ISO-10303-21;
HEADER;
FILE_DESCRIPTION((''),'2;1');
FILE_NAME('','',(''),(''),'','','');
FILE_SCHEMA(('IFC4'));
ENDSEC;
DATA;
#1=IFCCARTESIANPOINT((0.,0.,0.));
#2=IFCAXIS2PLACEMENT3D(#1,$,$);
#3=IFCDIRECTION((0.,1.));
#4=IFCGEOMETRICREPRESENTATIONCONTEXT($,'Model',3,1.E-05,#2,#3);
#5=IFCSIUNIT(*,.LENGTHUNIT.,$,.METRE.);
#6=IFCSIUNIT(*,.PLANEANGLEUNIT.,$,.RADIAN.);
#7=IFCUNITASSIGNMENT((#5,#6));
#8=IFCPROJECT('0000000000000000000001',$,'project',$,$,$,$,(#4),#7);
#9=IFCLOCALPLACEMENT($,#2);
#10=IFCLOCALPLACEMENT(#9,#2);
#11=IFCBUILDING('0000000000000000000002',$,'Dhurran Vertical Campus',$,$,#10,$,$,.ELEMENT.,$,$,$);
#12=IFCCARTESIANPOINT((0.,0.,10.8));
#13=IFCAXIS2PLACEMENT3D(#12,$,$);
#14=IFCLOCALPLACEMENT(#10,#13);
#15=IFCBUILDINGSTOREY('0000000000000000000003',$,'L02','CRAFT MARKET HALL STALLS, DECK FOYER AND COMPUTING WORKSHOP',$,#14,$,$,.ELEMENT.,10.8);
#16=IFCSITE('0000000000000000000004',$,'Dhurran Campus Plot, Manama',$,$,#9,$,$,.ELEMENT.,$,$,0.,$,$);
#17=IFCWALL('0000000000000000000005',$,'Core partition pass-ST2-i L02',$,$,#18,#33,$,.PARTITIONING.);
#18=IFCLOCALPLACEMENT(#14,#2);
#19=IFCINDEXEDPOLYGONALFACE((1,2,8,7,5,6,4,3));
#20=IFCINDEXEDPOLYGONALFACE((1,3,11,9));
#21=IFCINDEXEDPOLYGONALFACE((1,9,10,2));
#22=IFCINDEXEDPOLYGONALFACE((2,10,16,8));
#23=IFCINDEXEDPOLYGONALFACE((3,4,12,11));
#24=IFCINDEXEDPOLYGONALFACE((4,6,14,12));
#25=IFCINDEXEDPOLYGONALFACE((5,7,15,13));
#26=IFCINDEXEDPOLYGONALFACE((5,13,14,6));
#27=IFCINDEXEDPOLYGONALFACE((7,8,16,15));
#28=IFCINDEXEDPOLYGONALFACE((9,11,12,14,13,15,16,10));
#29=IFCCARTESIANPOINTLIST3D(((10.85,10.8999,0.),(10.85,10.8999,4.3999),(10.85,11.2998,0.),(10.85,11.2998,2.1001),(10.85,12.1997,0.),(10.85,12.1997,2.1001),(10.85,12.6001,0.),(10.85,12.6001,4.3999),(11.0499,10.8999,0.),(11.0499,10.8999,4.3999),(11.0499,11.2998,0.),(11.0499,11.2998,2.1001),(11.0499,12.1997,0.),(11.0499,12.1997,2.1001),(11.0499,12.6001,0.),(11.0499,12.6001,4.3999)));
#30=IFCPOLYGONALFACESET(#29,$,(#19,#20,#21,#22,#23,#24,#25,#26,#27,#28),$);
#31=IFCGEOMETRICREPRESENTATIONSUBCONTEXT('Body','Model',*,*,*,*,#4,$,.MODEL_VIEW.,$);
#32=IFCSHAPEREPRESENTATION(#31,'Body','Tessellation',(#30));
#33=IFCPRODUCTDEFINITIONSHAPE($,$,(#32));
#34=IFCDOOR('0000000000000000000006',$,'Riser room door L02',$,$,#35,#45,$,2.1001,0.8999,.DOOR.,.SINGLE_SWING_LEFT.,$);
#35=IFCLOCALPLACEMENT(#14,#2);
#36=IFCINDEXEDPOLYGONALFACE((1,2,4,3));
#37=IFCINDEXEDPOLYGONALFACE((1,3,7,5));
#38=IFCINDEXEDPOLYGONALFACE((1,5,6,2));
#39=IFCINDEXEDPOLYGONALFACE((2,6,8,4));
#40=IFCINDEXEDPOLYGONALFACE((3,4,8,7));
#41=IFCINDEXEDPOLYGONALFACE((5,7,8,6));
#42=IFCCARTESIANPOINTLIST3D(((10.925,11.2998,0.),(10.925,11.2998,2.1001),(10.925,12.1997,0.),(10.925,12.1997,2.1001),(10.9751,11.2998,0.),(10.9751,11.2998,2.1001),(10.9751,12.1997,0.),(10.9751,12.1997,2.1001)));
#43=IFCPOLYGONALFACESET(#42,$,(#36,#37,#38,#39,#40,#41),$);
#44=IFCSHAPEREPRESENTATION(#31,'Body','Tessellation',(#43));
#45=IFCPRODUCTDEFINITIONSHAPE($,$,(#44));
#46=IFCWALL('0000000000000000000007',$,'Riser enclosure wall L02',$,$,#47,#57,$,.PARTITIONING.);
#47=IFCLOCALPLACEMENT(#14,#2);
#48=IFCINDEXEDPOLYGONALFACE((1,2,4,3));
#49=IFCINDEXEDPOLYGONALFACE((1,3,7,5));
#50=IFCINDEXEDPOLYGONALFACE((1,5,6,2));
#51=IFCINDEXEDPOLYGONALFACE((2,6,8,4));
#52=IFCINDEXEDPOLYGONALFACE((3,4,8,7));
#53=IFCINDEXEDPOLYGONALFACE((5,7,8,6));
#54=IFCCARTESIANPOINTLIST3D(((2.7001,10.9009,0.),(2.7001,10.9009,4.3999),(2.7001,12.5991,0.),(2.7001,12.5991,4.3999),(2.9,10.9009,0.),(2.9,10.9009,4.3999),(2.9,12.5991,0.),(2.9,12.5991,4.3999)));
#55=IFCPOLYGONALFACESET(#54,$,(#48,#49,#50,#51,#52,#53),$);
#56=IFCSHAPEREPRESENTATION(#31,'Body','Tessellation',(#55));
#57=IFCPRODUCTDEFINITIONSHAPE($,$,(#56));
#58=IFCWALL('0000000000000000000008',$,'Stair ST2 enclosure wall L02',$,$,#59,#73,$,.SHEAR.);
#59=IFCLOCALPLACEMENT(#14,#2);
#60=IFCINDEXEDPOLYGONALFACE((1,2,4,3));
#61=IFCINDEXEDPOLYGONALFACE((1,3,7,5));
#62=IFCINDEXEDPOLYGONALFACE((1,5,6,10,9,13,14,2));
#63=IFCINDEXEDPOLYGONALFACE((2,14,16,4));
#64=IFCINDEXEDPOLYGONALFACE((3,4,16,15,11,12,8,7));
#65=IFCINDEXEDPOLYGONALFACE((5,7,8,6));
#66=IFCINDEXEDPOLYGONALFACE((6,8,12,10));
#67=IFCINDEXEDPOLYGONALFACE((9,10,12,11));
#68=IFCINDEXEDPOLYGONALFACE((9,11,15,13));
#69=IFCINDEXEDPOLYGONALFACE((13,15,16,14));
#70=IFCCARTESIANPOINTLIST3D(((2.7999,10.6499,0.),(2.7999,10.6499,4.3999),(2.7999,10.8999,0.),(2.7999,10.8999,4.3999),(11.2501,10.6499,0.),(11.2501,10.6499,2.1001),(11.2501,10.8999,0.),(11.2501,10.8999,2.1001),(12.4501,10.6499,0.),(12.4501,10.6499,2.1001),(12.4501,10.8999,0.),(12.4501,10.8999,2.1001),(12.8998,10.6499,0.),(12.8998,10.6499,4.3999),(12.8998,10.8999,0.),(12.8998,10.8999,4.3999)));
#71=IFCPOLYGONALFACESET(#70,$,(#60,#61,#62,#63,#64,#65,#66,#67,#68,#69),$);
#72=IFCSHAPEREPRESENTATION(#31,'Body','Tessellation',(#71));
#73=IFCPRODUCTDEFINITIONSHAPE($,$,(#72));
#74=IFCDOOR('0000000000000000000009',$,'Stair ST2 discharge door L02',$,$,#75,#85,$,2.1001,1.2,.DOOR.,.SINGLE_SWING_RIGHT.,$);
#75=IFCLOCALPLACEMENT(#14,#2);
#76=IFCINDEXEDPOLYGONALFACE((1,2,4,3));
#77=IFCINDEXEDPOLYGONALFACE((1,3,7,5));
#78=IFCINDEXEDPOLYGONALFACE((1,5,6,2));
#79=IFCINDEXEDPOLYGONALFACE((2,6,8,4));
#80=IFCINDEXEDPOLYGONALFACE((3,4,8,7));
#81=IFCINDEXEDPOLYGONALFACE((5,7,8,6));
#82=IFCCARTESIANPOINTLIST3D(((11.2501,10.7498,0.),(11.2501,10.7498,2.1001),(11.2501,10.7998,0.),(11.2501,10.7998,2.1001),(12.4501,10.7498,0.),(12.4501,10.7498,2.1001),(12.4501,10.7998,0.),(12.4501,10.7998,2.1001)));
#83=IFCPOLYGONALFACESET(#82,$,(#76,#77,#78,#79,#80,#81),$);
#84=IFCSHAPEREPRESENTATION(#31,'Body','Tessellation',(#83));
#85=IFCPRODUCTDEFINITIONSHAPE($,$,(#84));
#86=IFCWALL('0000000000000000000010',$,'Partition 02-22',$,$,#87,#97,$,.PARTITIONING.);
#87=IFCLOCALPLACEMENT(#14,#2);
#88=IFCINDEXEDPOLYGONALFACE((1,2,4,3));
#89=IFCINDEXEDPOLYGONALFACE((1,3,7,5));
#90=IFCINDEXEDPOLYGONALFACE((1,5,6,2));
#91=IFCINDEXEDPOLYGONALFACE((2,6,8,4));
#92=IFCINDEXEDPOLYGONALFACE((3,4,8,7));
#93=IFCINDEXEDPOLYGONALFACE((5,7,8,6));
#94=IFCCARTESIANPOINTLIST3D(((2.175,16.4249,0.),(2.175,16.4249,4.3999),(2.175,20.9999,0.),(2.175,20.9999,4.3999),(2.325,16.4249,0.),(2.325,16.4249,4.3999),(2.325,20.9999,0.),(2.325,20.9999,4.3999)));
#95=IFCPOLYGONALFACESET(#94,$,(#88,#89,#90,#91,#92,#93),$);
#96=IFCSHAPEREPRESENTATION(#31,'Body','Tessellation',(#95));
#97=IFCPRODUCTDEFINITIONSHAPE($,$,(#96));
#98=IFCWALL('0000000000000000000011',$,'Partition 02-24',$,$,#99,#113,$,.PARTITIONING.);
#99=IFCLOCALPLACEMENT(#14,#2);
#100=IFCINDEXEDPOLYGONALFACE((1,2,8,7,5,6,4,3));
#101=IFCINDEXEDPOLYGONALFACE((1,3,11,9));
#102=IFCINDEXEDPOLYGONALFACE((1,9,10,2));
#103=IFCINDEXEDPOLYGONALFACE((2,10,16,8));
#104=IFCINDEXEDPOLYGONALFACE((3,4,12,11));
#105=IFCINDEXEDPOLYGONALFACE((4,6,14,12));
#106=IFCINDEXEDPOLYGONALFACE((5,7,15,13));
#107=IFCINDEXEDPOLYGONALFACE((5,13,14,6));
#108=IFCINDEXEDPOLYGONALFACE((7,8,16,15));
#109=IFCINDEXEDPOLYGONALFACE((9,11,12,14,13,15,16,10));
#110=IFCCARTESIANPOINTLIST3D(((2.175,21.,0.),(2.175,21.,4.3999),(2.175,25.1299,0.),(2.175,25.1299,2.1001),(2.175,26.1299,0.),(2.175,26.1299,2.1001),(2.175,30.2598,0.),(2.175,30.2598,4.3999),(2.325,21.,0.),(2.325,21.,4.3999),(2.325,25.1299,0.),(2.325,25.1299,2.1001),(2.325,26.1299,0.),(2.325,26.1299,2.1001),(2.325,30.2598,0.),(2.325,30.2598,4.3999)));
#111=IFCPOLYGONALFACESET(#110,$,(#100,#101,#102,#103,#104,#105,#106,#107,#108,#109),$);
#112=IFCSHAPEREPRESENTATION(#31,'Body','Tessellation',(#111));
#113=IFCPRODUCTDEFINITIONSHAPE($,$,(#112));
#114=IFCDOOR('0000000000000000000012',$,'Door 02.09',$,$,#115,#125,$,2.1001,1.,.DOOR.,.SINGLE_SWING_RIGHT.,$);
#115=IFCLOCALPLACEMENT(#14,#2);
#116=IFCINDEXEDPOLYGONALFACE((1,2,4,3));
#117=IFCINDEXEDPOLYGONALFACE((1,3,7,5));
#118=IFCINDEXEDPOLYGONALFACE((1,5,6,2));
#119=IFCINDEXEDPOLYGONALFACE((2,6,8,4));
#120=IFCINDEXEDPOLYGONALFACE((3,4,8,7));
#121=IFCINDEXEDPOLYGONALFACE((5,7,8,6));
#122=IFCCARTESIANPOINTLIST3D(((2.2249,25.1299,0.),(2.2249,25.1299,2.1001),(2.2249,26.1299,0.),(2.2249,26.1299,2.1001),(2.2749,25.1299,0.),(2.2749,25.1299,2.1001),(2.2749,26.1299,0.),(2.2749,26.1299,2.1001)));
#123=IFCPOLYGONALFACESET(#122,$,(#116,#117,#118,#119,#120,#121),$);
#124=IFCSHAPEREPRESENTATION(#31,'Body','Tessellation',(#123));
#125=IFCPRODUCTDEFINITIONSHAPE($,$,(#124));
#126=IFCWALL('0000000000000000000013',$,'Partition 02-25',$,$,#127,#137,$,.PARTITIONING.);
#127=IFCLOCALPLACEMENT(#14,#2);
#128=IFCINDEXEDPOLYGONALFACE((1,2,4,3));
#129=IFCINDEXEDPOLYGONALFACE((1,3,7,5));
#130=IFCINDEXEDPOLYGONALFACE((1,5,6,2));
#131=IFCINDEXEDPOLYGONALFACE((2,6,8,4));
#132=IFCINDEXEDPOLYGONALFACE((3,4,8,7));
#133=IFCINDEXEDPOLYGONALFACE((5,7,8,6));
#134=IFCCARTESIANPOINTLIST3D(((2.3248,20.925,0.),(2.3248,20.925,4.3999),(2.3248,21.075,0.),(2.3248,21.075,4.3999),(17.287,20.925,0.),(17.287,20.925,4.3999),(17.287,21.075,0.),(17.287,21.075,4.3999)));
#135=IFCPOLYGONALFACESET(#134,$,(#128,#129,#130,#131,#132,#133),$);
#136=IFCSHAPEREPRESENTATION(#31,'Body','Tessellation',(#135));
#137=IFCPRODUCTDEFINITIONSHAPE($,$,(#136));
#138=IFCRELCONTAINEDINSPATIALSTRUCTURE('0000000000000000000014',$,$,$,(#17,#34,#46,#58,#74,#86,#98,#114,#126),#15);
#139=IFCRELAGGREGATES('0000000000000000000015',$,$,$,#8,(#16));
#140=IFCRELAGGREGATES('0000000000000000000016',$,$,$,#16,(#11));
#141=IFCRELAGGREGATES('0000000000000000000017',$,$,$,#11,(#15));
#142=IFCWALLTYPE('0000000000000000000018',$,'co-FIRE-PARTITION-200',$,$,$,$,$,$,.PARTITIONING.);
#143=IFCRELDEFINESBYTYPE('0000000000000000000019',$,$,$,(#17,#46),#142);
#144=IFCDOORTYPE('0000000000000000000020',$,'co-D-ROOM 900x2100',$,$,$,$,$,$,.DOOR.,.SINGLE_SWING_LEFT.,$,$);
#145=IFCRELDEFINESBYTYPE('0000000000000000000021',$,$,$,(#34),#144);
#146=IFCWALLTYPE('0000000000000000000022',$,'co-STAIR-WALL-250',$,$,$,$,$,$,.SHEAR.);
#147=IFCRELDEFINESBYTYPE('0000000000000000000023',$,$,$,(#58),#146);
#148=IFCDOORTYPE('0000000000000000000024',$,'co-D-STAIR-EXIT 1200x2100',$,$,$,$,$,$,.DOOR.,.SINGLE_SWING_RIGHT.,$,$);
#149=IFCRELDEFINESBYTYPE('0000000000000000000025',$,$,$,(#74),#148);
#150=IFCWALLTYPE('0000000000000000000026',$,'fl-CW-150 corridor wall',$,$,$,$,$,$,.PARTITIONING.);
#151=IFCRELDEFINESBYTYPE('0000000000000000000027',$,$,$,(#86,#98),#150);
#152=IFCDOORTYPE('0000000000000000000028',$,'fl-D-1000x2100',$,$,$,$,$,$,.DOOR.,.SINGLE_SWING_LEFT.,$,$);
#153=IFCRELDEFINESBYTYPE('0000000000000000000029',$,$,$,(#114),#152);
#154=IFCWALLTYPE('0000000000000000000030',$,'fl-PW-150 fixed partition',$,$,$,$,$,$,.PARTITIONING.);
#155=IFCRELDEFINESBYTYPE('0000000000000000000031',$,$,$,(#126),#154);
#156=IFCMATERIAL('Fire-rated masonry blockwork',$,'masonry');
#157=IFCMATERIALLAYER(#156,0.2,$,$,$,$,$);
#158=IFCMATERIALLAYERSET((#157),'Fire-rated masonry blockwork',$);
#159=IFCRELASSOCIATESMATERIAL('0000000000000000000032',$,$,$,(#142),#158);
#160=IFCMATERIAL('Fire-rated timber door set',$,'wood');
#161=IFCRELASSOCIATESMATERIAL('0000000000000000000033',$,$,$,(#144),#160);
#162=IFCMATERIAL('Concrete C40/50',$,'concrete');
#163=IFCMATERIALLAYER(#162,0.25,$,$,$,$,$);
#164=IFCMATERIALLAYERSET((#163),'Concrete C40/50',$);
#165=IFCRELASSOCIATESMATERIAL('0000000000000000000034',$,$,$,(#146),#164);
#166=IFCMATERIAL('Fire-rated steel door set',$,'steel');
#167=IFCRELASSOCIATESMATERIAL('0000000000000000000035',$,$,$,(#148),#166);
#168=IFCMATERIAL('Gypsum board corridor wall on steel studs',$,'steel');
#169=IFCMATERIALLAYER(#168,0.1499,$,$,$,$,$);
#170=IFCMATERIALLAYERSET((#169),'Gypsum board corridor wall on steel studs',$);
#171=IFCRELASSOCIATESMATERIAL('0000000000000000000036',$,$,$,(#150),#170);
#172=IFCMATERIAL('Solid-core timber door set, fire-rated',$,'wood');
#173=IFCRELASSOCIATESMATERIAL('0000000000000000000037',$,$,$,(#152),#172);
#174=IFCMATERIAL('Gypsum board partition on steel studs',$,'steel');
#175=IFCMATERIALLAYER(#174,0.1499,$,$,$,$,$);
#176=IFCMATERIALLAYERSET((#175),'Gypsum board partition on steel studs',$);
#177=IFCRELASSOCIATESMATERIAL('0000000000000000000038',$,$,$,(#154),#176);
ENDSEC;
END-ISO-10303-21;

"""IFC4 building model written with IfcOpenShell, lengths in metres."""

from ifc_helpers import new_model, si_unit, direction, frame, frame_2d, origin, place, context, subcontext, project, spatial, rectangle, extrude, material, layer, layer_set, type_object, element, fill, save


model = new_model("IFC4")

# Units and contexts
model_context = context("Model", 3, precision=1e-05, world=origin(), true_north=direction((0.0, 1.0)))
body_context = subcontext(model_context, "Body", "Model", "MODEL_VIEW")
ifc_project = project(units=[si_unit("LENGTHUNIT", "METRE"), si_unit("PLANEANGLEUNIT", "RADIAN")], contexts=[model_context])

# Site, building, storey
site_placement = place(None, origin())
site = spatial("IfcSite", under=ifc_project, at=site_placement, Name="Dhurran Campus Plot, Manama", CompositionType="ELEMENT", RefElevation=0.0)
building_placement = place(site_placement, origin())
building = spatial("IfcBuilding", under=site, at=building_placement, Name="Dhurran Vertical Campus", CompositionType="ELEMENT")
storey_placement = place(building_placement, frame((0.0, 0.0, 10.8)))
storey = spatial("IfcBuildingStorey", under=building, at=storey_placement, Name="L02", Description="CRAFT MARKET HALL STALLS, DECK FOYER AND COMPUTING WORKSHOP", CompositionType="ELEMENT", Elevation=10.8)

# Shared definitions
ifc_material_1 = material(Name="Fire-rated masonry blockwork", Category="masonry")
ifc_layer_1 = layer(ifc_material_1, 0.2)
ifc_layer_set_1 = layer_set([ifc_layer_1], Name="Fire-rated masonry blockwork")
wall_type_1 = type_object("IfcWallType", Name="co-FIRE-PARTITION-200", PredefinedType="PARTITIONING", material=ifc_layer_set_1)

# Wall, opening, door
wall_1_placement = place(storey_placement, frame((10.95, 10.8999, 0.0), z_axis=(0.0, 0.0, 1.0), x_axis=(0.0, 1.0, 0.0)))
wall_1 = element("IfcWall", 1, at=wall_1_placement, inside=storey, type_object=wall_type_1, Name="Core partition pass-ST2-i L02", PredefinedType="PARTITIONING", context=body_context, shape_type="SweptSolid", body=[
    extrude(rectangle(XDim=1.7002, YDim=0.2, at=frame_2d((0.8501, 0.0))), origin(), (0.0, 0.0, 1.0), 4.3999),
])
opening_1_placement = place(wall_1_placement, frame((0.3999, 0.0, 0.0)))
opening_1 = element("IfcOpeningElement", 2, at=opening_1_placement, cuts=wall_1, PredefinedType="OPENING", context=body_context, shape_type="SweptSolid", body=[
    extrude(rectangle(XDim=0.8999, YDim=2.1001, at=frame_2d((0.45, 1.05))), frame((0.0, 0.1099, 0.0), z_axis=(0.0, -1.0, 0.0), x_axis=(1.0, 0.0, 0.0)), (0.0, 0.0, 1.0), 0.22),
])
ifc_material_2 = material(Name="Fire-rated timber door set", Category="wood")
door_type_1 = type_object("IfcDoorType", Name="co-D-ROOM 900x2100", OperationType="SINGLE_SWING_LEFT", PredefinedType="DOOR", material=ifc_material_2)
door_1_placement = place(opening_1_placement, origin())
door_1 = element("IfcDoor", 3, at=door_1_placement, inside=storey, type_object=door_type_1, Name="Riser room door L02", OperationType="SINGLE_SWING_LEFT", OverallHeight=2.1001, OverallWidth=0.8999, PredefinedType="DOOR", context=body_context, shape_type="SweptSolid", body=[
    extrude(rectangle(XDim=0.8999, YDim=2.1001, at=frame_2d((0.45, 1.05))), frame((0.0, 0.0249, 0.0), z_axis=(0.0, -1.0, 0.0), x_axis=(1.0, 0.0, 0.0)), (0.0, 0.0, 1.0), 0.05),
])
fill(opening_1, door_1)

# Wall
wall_2_placement = place(storey_placement, frame((2.8, 12.5991, 0.0), z_axis=(0.0, 0.0, 1.0), x_axis=(0.0, -1.0, 0.0)))
element("IfcWall", 4, at=wall_2_placement, inside=storey, type_object=wall_type_1, Name="Riser enclosure wall L02", PredefinedType="PARTITIONING", context=body_context, shape_type="SweptSolid", body=[
    extrude(rectangle(XDim=1.6982, YDim=0.2, at=frame_2d((0.8491, 0.0))), origin(), (0.0, 0.0, 1.0), 4.3999),
])

# Wall, opening, door
ifc_material_3 = material(Name="Concrete C40/50", Category="concrete")
ifc_layer_2 = layer(ifc_material_3, 0.25)
ifc_layer_set_2 = layer_set([ifc_layer_2], Name="Concrete C40/50")
wall_type_2 = type_object("IfcWallType", Name="co-STAIR-WALL-250", PredefinedType="SHEAR", material=ifc_layer_set_2)
wall_3_placement = place(storey_placement, frame((2.8, 10.7749, 0.0), z_axis=(0.0, 0.0, 1.0), x_axis=(1.0, 0.0, 0.0)))
wall_3 = element("IfcWall", 5, at=wall_3_placement, inside=storey, type_object=wall_type_2, Name="Stair ST2 enclosure wall L02", PredefinedType="SHEAR", context=body_context, shape_type="SweptSolid", body=[
    extrude(rectangle(XDim=10.0999, YDim=0.25, at=frame_2d((5.0498, 0.0))), origin(), (0.0, 0.0, 1.0), 4.3999),
])
opening_2_placement = place(wall_3_placement, frame((8.45, 0.0, 0.0)))
opening_2 = element("IfcOpeningElement", 6, at=opening_2_placement, cuts=wall_3, PredefinedType="OPENING", context=body_context, shape_type="SweptSolid", body=[
    extrude(rectangle(XDim=1.2, YDim=2.1001, at=frame_2d((0.6001, 1.05))), frame((0.0, 0.135, 0.0), z_axis=(0.0, -1.0, 0.0), x_axis=(1.0, 0.0, 0.0)), (0.0, 0.0, 1.0), 0.27),
])
ifc_material_4 = material(Name="Fire-rated steel door set", Category="steel")
door_type_2 = type_object("IfcDoorType", Name="co-D-STAIR-EXIT 1200x2100", OperationType="SINGLE_SWING_RIGHT", PredefinedType="DOOR", material=ifc_material_4)
door_2_placement = place(opening_2_placement, origin())
door_2 = element("IfcDoor", 7, at=door_2_placement, inside=storey, type_object=door_type_2, Name="Stair ST2 discharge door L02", OperationType="SINGLE_SWING_RIGHT", OverallHeight=2.1001, OverallWidth=1.2, PredefinedType="DOOR", context=body_context, shape_type="SweptSolid", body=[
    extrude(rectangle(XDim=1.2, YDim=2.1001, at=frame_2d((0.6001, 1.05))), frame((0.0, 0.0249, 0.0), z_axis=(0.0, -1.0, 0.0), x_axis=(1.0, 0.0, 0.0)), (0.0, 0.0, 1.0), 0.05),
])
fill(opening_2, door_2)

# Wall
ifc_material_5 = material(Name="Gypsum board corridor wall on steel studs", Category="steel")
ifc_layer_3 = layer(ifc_material_5, 0.1499)
ifc_layer_set_3 = layer_set([ifc_layer_3], Name="Gypsum board corridor wall on steel studs")
wall_type_3 = type_object("IfcWallType", Name="fl-CW-150 corridor wall", PredefinedType="PARTITIONING", material=ifc_layer_set_3)
wall_4_placement = place(storey_placement, frame((2.25, 21.0, 0.0), z_axis=(0.0, 0.0, 1.0), x_axis=(0.0, -1.0, 0.0)))
element("IfcWall", 8, at=wall_4_placement, inside=storey, type_object=wall_type_3, Name="Partition 02-22", PredefinedType="PARTITIONING", context=body_context, shape_type="SweptSolid", body=[
    extrude(rectangle(XDim=4.575, YDim=0.1499, at=frame_2d((2.2876, 0.0))), origin(), (0.0, 0.0, 1.0), 4.3999),
])

# Wall, opening, door
wall_5_placement = place(storey_placement, frame((2.25, 30.2598, 0.0), z_axis=(0.0, 0.0, 1.0), x_axis=(0.0, -1.0, 0.0)))
wall_5 = element("IfcWall", 9, at=wall_5_placement, inside=storey, type_object=wall_type_3, Name="Partition 02-24", PredefinedType="PARTITIONING", context=body_context, shape_type="SweptSolid", body=[
    extrude(rectangle(XDim=9.2598, YDim=0.1499, at=frame_2d((4.6299, 0.0))), origin(), (0.0, 0.0, 1.0), 4.3999),
])
opening_3_placement = place(wall_5_placement, frame((4.1299, 0.0, 0.0)))
opening_3 = element("IfcOpeningElement", 10, at=opening_3_placement, cuts=wall_5, PredefinedType="OPENING", context=body_context, shape_type="SweptSolid", body=[
    extrude(rectangle(XDim=1.0, YDim=2.1001, at=frame_2d((0.5, 1.05))), frame((0.0, 0.085, 0.0), z_axis=(0.0, -1.0, 0.0), x_axis=(1.0, 0.0, 0.0)), (0.0, 0.0, 1.0), 0.1699),
])
ifc_material_6 = material(Name="Solid-core timber door set, fire-rated", Category="wood")
door_type_3 = type_object("IfcDoorType", Name="fl-D-1000x2100", OperationType="SINGLE_SWING_LEFT", PredefinedType="DOOR", material=ifc_material_6)
door_3_placement = place(opening_3_placement, origin())
door_3 = element("IfcDoor", 11, at=door_3_placement, inside=storey, type_object=door_type_3, Name="Door 02.09", OperationType="SINGLE_SWING_RIGHT", OverallHeight=2.1001, OverallWidth=1.0, PredefinedType="DOOR", context=body_context, shape_type="SweptSolid", body=[
    extrude(rectangle(XDim=1.0, YDim=2.1001, at=frame_2d((0.5, 1.05))), frame((0.0, 0.0249, 0.0), z_axis=(0.0, -1.0, 0.0), x_axis=(1.0, 0.0, 0.0)), (0.0, 0.0, 1.0), 0.05),
])
fill(opening_3, door_3)

# Wall
ifc_material_7 = material(Name="Gypsum board partition on steel studs", Category="steel")
ifc_layer_4 = layer(ifc_material_7, 0.1499)
ifc_layer_set_4 = layer_set([ifc_layer_4], Name="Gypsum board partition on steel studs")
wall_type_4 = type_object("IfcWallType", Name="fl-PW-150 fixed partition", PredefinedType="PARTITIONING", material=ifc_layer_set_4)
wall_6_placement = place(storey_placement, frame((2.325, 21.0, 0.0), z_axis=(0.0, 0.0, 1.0), x_axis=(1.0, 0.0, 0.0)))
element("IfcWall", 12, at=wall_6_placement, inside=storey, type_object=wall_type_4, Name="Partition 02-25", PredefinedType="PARTITIONING", context=body_context, shape_type="SweptSolid", body=[
    extrude(rectangle(XDim=14.9622, YDim=0.1499, at=frame_2d((7.481, 0.0))), origin(), (0.0, 0.0, 1.0), 4.3999),
])

save(model, "model.ifc")
